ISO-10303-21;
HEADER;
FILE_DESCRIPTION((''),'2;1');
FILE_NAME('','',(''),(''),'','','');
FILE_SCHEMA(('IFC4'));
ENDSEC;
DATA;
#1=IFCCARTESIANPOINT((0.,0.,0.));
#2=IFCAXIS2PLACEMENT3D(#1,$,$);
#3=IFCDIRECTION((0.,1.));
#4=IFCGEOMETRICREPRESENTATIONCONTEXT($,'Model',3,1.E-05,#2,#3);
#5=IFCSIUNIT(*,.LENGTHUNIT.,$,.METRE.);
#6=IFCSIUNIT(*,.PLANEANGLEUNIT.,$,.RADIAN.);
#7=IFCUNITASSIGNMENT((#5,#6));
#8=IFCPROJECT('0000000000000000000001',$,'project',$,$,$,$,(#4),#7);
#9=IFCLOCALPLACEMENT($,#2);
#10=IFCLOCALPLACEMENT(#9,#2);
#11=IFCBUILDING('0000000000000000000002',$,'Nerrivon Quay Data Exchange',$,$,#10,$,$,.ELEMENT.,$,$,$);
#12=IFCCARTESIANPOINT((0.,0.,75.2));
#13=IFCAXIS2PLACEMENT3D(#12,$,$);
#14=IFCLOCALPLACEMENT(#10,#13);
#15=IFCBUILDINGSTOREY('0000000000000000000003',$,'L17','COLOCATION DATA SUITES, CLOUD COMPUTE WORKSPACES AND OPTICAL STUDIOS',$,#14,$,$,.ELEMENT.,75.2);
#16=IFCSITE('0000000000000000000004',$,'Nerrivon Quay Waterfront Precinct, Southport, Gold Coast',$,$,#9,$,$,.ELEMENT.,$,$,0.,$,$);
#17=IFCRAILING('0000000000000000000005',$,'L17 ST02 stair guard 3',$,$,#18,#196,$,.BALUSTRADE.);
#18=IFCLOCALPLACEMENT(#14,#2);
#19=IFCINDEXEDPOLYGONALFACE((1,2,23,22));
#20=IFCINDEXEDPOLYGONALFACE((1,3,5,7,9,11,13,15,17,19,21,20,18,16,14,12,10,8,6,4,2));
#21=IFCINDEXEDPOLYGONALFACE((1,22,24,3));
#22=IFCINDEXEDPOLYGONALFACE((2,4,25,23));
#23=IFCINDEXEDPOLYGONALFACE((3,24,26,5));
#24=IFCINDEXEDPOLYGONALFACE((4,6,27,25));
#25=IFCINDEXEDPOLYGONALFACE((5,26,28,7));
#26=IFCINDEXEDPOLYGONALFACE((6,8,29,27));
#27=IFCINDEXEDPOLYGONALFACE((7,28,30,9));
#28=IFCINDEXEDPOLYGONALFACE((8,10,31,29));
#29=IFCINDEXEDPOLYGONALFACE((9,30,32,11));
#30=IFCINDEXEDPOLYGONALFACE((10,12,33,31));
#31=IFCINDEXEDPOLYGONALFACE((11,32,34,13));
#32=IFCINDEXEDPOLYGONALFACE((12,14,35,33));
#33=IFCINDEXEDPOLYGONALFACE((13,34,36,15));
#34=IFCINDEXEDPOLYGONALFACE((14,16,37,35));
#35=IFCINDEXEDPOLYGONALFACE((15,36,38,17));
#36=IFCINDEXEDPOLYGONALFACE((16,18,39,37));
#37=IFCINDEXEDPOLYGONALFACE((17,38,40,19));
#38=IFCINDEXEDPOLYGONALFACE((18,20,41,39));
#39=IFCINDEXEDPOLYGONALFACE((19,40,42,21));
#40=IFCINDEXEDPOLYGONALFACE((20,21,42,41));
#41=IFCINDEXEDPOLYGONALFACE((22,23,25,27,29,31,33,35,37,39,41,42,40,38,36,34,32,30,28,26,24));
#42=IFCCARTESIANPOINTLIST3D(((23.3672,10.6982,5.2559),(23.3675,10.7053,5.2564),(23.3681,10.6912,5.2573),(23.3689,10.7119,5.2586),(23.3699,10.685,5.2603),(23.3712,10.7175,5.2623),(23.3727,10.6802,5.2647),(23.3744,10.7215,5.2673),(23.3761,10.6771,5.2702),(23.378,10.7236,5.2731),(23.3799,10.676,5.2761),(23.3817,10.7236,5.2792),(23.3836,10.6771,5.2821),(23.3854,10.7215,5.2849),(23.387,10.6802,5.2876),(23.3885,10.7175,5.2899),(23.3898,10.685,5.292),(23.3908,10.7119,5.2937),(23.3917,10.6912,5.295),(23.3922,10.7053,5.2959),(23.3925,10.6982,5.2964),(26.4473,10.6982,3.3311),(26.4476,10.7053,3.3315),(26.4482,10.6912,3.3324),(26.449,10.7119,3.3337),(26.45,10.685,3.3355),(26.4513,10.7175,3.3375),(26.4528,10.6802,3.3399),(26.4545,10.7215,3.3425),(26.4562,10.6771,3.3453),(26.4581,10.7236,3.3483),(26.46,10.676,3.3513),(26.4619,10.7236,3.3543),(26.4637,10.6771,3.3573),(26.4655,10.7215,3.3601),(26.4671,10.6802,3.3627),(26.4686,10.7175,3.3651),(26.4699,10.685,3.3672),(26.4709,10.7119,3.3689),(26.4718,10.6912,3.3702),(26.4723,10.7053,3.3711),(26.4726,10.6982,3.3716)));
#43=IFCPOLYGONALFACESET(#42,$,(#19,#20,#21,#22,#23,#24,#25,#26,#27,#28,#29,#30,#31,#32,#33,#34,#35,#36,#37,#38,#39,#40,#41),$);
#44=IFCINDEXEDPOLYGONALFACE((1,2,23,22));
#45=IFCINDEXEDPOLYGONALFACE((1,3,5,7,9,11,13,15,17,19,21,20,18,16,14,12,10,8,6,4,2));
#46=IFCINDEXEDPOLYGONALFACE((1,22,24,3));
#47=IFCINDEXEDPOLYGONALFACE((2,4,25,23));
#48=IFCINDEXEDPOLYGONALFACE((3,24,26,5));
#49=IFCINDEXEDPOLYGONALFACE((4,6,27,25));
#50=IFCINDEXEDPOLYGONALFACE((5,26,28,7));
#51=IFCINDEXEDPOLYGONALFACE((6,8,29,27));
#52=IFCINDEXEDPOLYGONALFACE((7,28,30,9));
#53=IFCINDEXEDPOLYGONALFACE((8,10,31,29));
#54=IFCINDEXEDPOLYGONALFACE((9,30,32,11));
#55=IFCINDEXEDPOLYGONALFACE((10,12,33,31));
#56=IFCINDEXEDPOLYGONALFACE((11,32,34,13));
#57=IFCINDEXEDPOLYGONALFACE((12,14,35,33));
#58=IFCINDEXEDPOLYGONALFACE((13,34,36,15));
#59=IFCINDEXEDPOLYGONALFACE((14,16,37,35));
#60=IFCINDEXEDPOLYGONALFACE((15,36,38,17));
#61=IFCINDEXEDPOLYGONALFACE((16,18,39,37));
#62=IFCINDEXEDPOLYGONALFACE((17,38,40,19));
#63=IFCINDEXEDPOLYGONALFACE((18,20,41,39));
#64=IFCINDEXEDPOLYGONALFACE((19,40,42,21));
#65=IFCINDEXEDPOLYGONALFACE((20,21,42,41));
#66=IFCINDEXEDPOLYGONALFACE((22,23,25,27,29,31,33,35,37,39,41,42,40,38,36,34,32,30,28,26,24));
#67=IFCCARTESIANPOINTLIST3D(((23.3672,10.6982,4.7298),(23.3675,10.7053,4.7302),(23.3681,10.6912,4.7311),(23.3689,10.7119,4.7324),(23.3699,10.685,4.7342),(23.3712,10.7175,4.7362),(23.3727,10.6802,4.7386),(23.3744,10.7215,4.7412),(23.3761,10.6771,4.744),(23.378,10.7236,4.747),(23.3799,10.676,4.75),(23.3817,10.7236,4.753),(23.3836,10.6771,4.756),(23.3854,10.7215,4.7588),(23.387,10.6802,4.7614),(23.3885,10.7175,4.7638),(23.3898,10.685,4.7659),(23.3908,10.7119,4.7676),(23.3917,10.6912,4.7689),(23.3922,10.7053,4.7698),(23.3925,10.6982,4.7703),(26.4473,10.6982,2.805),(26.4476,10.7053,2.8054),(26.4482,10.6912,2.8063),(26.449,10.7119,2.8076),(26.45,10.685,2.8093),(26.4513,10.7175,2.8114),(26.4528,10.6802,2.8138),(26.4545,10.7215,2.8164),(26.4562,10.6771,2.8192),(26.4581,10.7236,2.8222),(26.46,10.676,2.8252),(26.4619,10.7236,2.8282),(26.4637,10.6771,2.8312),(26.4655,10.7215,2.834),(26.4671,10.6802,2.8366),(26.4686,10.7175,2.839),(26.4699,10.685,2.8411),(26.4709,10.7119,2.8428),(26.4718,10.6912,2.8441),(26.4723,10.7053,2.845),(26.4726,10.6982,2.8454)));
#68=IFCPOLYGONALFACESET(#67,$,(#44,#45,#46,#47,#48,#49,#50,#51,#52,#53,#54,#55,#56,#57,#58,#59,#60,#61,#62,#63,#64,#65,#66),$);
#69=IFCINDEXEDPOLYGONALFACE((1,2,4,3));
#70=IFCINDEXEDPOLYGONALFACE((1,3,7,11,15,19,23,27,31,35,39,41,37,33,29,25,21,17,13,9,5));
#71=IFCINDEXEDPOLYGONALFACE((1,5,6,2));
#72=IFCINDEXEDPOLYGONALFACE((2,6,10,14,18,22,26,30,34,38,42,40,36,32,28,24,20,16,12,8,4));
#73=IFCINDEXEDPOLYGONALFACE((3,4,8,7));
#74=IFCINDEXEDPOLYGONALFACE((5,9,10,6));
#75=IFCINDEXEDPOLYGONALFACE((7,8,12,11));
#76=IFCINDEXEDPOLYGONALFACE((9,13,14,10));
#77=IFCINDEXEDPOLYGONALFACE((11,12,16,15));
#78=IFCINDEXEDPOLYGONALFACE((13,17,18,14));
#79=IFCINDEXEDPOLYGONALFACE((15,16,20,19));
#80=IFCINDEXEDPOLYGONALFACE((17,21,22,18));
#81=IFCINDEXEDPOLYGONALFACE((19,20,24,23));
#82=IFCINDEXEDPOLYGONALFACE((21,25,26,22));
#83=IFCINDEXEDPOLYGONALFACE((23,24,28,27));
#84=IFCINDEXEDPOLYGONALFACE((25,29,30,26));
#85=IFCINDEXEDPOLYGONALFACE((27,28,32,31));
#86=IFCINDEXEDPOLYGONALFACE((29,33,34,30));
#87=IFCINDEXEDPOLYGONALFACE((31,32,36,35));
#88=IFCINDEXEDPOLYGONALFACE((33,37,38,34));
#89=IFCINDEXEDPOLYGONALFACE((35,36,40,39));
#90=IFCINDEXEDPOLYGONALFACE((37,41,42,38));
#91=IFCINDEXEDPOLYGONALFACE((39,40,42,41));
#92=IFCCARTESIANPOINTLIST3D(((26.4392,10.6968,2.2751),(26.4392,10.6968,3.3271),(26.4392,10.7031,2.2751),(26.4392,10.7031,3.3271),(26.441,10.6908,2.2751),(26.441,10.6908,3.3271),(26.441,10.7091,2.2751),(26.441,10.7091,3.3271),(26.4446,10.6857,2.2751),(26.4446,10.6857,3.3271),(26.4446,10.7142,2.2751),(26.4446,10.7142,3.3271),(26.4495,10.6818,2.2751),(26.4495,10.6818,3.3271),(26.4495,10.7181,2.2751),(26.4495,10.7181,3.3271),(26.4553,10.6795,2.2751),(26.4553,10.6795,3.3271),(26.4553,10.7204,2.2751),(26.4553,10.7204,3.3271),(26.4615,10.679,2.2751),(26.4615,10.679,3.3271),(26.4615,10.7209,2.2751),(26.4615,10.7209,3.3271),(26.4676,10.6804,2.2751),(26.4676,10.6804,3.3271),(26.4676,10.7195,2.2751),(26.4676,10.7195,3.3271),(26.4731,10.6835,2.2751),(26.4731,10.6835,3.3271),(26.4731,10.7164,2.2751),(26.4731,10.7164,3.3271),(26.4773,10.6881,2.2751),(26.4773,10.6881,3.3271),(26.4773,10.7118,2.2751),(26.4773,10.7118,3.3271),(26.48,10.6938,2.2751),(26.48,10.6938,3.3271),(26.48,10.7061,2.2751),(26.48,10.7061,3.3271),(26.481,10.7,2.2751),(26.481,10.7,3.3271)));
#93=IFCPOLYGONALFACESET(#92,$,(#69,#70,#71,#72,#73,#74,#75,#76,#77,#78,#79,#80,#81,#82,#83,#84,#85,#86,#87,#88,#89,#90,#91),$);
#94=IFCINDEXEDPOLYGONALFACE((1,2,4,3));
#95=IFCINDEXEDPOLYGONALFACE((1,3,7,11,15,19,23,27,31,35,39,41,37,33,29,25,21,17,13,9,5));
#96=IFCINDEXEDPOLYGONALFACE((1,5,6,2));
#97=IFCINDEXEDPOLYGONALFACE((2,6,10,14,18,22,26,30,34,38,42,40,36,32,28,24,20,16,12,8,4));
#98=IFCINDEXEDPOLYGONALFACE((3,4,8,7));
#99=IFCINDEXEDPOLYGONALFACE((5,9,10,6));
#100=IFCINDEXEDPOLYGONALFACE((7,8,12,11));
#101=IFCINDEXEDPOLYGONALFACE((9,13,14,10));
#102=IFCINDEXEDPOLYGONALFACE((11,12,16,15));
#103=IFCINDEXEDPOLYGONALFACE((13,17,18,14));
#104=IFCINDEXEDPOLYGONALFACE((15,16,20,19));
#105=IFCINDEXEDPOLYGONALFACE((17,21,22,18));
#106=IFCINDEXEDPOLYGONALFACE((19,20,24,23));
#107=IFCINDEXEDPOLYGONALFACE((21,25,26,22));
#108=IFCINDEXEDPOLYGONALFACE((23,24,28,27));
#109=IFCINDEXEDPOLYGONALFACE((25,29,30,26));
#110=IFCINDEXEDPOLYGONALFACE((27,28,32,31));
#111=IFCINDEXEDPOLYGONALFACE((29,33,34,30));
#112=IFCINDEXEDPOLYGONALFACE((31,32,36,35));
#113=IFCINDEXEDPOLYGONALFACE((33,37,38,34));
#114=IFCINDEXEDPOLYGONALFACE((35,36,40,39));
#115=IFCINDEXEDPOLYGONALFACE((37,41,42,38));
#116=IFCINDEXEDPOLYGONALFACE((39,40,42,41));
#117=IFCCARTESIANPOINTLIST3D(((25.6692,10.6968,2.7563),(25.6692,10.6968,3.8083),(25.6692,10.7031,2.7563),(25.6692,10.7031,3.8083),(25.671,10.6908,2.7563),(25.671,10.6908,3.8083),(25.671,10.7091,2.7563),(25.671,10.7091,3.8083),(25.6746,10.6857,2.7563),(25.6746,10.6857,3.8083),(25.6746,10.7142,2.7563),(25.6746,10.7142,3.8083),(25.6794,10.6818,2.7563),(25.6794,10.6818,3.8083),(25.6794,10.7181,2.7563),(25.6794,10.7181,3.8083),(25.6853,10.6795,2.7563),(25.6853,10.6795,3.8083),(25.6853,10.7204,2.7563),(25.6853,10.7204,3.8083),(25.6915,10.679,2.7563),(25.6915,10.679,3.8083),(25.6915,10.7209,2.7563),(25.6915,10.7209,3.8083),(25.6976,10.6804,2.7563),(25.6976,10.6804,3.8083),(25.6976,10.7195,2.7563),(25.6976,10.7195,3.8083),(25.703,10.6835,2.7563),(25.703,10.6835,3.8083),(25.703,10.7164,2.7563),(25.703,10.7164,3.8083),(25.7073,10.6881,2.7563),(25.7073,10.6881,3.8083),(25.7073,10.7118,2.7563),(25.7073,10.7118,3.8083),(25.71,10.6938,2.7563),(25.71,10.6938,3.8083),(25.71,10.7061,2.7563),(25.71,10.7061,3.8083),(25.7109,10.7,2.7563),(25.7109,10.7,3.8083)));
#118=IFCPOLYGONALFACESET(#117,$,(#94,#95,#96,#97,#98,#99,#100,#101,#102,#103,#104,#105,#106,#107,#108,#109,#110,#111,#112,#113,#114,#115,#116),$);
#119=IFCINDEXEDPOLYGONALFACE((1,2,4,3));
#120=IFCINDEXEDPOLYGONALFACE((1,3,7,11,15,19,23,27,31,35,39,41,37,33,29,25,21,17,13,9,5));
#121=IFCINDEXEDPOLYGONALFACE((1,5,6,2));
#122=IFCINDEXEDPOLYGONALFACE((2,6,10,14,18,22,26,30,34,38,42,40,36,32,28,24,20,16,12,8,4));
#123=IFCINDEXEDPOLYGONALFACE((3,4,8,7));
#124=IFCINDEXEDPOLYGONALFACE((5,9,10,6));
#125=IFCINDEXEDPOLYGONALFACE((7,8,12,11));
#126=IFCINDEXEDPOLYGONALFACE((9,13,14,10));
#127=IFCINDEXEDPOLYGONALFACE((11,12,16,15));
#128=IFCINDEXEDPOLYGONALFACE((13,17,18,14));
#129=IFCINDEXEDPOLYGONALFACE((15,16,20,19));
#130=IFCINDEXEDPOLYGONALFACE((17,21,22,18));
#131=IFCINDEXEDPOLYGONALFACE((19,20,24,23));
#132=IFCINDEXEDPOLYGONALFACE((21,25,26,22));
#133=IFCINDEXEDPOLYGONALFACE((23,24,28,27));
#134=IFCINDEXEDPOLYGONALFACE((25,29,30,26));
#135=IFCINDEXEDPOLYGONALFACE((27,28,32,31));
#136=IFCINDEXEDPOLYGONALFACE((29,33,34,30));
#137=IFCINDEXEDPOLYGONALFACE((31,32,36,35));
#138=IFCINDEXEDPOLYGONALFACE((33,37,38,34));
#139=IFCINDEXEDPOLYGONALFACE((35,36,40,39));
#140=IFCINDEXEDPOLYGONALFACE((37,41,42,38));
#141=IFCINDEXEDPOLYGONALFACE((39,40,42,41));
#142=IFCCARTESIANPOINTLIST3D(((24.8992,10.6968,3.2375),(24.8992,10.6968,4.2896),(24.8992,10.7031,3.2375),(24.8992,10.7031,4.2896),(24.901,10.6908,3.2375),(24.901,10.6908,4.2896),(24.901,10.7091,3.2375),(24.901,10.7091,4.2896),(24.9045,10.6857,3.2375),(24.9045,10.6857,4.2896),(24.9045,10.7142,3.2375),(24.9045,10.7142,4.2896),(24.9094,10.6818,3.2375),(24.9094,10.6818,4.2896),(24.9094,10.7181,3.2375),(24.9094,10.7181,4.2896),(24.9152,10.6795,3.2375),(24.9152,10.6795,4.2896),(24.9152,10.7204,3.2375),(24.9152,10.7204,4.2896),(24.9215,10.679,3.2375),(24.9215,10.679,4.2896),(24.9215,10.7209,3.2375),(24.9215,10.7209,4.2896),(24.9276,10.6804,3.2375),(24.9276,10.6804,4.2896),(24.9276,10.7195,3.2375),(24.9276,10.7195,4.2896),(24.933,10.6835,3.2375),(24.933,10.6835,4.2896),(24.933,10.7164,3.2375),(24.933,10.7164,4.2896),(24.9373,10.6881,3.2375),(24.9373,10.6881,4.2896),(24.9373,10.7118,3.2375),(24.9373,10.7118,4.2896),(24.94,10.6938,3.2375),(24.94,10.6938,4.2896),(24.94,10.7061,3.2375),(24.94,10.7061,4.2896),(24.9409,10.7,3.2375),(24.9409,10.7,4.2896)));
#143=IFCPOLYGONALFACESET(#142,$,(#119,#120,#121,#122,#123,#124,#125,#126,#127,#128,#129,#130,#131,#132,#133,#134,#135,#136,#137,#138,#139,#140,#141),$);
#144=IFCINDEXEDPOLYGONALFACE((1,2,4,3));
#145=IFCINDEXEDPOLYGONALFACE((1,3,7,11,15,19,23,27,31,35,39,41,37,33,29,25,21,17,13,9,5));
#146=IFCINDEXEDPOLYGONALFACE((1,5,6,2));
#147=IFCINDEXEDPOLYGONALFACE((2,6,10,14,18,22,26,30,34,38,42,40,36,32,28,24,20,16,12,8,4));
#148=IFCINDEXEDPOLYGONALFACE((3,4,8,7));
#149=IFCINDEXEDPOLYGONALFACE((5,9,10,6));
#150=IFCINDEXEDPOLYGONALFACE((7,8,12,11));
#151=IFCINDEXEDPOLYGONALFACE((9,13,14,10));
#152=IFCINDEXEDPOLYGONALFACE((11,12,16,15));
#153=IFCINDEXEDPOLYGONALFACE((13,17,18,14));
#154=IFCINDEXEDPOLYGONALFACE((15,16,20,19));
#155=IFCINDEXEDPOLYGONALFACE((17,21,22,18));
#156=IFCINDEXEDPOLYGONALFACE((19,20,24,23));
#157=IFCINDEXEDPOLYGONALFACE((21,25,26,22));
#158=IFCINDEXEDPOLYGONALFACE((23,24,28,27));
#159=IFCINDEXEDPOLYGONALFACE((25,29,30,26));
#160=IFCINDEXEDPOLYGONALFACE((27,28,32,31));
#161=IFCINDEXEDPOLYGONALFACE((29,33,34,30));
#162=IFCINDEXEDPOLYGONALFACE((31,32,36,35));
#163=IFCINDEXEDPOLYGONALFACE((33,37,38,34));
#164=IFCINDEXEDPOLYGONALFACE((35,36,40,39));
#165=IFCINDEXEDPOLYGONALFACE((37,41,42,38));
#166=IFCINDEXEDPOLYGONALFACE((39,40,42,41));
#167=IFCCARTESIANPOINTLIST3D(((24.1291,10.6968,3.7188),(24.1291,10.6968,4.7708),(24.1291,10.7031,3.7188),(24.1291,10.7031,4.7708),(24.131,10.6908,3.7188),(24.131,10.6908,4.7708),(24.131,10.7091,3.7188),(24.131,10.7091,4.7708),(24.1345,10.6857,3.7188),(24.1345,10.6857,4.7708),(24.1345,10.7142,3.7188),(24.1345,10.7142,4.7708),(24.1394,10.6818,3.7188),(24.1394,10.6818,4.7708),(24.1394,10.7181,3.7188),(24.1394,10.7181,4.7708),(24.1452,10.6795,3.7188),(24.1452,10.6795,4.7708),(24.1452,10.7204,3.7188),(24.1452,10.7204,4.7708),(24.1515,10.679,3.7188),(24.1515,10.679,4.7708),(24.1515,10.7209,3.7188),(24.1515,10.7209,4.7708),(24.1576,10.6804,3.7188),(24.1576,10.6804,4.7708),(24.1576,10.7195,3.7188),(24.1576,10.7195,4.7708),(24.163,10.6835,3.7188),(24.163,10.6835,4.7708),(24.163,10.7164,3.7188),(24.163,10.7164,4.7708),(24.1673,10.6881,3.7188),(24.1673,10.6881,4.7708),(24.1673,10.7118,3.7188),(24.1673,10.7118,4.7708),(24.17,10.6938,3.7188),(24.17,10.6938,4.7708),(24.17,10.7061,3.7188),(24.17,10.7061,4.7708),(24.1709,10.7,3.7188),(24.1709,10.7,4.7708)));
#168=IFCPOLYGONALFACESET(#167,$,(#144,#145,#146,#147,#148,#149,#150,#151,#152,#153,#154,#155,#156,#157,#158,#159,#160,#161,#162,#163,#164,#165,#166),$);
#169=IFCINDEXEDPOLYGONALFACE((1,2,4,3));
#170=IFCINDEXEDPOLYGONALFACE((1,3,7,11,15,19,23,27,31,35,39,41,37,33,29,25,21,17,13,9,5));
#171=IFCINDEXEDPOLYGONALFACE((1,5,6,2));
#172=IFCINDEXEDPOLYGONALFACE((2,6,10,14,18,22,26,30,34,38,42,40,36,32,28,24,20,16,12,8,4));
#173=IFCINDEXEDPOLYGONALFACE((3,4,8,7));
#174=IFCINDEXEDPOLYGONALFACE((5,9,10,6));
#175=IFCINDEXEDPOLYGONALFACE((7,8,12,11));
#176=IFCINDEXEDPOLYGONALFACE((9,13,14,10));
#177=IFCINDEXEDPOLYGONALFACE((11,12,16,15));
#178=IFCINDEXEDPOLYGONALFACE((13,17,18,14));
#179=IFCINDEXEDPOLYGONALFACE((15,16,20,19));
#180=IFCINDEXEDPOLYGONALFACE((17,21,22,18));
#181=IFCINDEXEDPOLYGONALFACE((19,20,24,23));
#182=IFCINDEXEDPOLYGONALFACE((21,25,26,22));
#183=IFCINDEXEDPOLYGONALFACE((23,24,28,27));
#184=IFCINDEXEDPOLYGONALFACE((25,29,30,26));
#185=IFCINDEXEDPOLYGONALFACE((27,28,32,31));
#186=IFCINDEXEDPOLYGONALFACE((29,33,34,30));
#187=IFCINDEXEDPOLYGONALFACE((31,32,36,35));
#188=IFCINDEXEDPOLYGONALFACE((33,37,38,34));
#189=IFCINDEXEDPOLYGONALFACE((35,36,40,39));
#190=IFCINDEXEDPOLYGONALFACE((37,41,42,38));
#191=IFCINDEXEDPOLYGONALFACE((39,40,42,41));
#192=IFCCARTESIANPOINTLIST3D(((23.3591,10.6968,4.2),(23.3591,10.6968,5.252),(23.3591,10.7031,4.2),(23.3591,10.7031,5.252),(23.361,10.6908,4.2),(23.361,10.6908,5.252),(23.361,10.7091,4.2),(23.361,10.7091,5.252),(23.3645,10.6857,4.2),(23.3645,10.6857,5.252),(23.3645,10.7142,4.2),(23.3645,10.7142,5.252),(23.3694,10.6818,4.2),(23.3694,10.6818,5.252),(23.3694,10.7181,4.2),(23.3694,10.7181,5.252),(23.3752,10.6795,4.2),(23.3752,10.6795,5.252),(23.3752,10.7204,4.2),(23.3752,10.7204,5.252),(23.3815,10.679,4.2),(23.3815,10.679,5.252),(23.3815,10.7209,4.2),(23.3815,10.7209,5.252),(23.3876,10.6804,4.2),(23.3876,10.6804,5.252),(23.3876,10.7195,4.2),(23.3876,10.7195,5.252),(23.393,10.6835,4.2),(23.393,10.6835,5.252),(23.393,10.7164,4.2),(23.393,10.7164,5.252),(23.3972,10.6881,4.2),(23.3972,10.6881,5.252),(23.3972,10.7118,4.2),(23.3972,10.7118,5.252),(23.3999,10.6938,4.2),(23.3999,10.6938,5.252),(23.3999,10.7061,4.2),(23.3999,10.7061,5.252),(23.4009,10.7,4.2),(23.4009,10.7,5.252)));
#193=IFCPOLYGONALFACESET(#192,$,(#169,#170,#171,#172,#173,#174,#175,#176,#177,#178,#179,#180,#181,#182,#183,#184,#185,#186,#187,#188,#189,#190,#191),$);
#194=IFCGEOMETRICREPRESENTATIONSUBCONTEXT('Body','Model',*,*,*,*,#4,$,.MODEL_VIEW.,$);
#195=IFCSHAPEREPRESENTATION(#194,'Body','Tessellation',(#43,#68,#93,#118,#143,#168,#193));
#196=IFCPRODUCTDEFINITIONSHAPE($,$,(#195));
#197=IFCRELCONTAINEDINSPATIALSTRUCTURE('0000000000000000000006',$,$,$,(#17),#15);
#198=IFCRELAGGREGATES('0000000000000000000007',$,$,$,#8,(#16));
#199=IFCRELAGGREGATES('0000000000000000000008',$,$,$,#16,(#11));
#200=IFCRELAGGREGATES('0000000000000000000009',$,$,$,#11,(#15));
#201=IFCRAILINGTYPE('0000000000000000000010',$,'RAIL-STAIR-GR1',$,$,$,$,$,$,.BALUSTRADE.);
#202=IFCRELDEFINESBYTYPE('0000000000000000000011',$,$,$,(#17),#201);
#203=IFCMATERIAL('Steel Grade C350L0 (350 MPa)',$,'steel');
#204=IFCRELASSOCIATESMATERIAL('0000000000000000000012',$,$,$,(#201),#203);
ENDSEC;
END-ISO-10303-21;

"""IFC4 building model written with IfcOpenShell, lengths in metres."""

from ifc_helpers import new_model, si_unit, direction, frame, origin, origin_2d, place, context, subcontext, project, spatial, circle, extrude, material, type_object, element, save


model = new_model("IFC4")

# Units and contexts
model_context = context("Model", 3, precision=1e-05, world=origin(), true_north=direction((0.0, 1.0)))
body_context = subcontext(model_context, "Body", "Model", "MODEL_VIEW")
ifc_project = project(units=[si_unit("LENGTHUNIT", "METRE"), si_unit("PLANEANGLEUNIT", "RADIAN")], contexts=[model_context])

# Site, building, storey
site_placement = place(None, origin())
site = spatial("IfcSite", under=ifc_project, at=site_placement, Name="Nerrivon Quay Waterfront Precinct, Southport, Gold Coast", CompositionType="ELEMENT", RefElevation=0.0)
building_placement = place(site_placement, origin())
building = spatial("IfcBuilding", under=site, at=building_placement, Name="Nerrivon Quay Data Exchange", CompositionType="ELEMENT")
storey_placement = place(building_placement, frame((0.0, 0.0, 75.2)))
storey = spatial("IfcBuildingStorey", under=building, at=storey_placement, Name="L17", Description="COLOCATION DATA SUITES, CLOUD COMPUTE WORKSPACES AND OPTICAL STUDIOS", CompositionType="ELEMENT", Elevation=75.2)

# Railing
ifc_material_1 = material(Name="Steel Grade C350L0 (350 MPa)", Category="steel")
railing_type_1 = type_object("IfcRailingType", Name="RAIL-STAIR-GR1", PredefinedType="BALUSTRADE", material=ifc_material_1)
railing_1_placement = place(storey_placement, frame((26.46, 10.7, 2.2751)))
element("IfcRailing", 1, at=railing_1_placement, inside=storey, type_object=railing_type_1, Name="L17 ST02 stair guard 3", PredefinedType="BALUSTRADE", context=body_context, shape_type="SweptSolid", body=[
    extrude(circle(Radius=0.0239, at=origin_2d()), frame((0.0, 0.0, 1.0762), z_axis=(-0.848029, 0.0, 0.529951), x_axis=(0.0, -1.0, 0.0)), (0.0, 0.0, 1.0), 3.6321),
    extrude(circle(Radius=0.0239, at=origin_2d()), frame((0.0, 0.0, 0.55), z_axis=(-0.848029, 0.0, 0.529951), x_axis=(0.0, -1.0, 0.0)), (0.0, 0.0, 1.0), 3.6321),
    extrude(circle(Radius=0.021, at=origin_2d()), origin(), (0.0, 0.0, 1.0), 1.052),
    extrude(circle(Radius=0.021, at=origin_2d()), frame((-0.77, 0.0, 0.4812)), (0.0, 0.0, 1.0), 1.052),
    extrude(circle(Radius=0.021, at=origin_2d()), frame((-1.54, 0.0, 0.9624)), (0.0, 0.0, 1.0), 1.052),
    extrude(circle(Radius=0.021, at=origin_2d()), frame((-2.3101, 0.0, 1.4436)), (0.0, 0.0, 1.0), 1.052),
    extrude(circle(Radius=0.021, at=origin_2d()), frame((-3.0801, 0.0, 1.9248)), (0.0, 0.0, 1.0), 1.052),
])

save(model, "model.ifc")
